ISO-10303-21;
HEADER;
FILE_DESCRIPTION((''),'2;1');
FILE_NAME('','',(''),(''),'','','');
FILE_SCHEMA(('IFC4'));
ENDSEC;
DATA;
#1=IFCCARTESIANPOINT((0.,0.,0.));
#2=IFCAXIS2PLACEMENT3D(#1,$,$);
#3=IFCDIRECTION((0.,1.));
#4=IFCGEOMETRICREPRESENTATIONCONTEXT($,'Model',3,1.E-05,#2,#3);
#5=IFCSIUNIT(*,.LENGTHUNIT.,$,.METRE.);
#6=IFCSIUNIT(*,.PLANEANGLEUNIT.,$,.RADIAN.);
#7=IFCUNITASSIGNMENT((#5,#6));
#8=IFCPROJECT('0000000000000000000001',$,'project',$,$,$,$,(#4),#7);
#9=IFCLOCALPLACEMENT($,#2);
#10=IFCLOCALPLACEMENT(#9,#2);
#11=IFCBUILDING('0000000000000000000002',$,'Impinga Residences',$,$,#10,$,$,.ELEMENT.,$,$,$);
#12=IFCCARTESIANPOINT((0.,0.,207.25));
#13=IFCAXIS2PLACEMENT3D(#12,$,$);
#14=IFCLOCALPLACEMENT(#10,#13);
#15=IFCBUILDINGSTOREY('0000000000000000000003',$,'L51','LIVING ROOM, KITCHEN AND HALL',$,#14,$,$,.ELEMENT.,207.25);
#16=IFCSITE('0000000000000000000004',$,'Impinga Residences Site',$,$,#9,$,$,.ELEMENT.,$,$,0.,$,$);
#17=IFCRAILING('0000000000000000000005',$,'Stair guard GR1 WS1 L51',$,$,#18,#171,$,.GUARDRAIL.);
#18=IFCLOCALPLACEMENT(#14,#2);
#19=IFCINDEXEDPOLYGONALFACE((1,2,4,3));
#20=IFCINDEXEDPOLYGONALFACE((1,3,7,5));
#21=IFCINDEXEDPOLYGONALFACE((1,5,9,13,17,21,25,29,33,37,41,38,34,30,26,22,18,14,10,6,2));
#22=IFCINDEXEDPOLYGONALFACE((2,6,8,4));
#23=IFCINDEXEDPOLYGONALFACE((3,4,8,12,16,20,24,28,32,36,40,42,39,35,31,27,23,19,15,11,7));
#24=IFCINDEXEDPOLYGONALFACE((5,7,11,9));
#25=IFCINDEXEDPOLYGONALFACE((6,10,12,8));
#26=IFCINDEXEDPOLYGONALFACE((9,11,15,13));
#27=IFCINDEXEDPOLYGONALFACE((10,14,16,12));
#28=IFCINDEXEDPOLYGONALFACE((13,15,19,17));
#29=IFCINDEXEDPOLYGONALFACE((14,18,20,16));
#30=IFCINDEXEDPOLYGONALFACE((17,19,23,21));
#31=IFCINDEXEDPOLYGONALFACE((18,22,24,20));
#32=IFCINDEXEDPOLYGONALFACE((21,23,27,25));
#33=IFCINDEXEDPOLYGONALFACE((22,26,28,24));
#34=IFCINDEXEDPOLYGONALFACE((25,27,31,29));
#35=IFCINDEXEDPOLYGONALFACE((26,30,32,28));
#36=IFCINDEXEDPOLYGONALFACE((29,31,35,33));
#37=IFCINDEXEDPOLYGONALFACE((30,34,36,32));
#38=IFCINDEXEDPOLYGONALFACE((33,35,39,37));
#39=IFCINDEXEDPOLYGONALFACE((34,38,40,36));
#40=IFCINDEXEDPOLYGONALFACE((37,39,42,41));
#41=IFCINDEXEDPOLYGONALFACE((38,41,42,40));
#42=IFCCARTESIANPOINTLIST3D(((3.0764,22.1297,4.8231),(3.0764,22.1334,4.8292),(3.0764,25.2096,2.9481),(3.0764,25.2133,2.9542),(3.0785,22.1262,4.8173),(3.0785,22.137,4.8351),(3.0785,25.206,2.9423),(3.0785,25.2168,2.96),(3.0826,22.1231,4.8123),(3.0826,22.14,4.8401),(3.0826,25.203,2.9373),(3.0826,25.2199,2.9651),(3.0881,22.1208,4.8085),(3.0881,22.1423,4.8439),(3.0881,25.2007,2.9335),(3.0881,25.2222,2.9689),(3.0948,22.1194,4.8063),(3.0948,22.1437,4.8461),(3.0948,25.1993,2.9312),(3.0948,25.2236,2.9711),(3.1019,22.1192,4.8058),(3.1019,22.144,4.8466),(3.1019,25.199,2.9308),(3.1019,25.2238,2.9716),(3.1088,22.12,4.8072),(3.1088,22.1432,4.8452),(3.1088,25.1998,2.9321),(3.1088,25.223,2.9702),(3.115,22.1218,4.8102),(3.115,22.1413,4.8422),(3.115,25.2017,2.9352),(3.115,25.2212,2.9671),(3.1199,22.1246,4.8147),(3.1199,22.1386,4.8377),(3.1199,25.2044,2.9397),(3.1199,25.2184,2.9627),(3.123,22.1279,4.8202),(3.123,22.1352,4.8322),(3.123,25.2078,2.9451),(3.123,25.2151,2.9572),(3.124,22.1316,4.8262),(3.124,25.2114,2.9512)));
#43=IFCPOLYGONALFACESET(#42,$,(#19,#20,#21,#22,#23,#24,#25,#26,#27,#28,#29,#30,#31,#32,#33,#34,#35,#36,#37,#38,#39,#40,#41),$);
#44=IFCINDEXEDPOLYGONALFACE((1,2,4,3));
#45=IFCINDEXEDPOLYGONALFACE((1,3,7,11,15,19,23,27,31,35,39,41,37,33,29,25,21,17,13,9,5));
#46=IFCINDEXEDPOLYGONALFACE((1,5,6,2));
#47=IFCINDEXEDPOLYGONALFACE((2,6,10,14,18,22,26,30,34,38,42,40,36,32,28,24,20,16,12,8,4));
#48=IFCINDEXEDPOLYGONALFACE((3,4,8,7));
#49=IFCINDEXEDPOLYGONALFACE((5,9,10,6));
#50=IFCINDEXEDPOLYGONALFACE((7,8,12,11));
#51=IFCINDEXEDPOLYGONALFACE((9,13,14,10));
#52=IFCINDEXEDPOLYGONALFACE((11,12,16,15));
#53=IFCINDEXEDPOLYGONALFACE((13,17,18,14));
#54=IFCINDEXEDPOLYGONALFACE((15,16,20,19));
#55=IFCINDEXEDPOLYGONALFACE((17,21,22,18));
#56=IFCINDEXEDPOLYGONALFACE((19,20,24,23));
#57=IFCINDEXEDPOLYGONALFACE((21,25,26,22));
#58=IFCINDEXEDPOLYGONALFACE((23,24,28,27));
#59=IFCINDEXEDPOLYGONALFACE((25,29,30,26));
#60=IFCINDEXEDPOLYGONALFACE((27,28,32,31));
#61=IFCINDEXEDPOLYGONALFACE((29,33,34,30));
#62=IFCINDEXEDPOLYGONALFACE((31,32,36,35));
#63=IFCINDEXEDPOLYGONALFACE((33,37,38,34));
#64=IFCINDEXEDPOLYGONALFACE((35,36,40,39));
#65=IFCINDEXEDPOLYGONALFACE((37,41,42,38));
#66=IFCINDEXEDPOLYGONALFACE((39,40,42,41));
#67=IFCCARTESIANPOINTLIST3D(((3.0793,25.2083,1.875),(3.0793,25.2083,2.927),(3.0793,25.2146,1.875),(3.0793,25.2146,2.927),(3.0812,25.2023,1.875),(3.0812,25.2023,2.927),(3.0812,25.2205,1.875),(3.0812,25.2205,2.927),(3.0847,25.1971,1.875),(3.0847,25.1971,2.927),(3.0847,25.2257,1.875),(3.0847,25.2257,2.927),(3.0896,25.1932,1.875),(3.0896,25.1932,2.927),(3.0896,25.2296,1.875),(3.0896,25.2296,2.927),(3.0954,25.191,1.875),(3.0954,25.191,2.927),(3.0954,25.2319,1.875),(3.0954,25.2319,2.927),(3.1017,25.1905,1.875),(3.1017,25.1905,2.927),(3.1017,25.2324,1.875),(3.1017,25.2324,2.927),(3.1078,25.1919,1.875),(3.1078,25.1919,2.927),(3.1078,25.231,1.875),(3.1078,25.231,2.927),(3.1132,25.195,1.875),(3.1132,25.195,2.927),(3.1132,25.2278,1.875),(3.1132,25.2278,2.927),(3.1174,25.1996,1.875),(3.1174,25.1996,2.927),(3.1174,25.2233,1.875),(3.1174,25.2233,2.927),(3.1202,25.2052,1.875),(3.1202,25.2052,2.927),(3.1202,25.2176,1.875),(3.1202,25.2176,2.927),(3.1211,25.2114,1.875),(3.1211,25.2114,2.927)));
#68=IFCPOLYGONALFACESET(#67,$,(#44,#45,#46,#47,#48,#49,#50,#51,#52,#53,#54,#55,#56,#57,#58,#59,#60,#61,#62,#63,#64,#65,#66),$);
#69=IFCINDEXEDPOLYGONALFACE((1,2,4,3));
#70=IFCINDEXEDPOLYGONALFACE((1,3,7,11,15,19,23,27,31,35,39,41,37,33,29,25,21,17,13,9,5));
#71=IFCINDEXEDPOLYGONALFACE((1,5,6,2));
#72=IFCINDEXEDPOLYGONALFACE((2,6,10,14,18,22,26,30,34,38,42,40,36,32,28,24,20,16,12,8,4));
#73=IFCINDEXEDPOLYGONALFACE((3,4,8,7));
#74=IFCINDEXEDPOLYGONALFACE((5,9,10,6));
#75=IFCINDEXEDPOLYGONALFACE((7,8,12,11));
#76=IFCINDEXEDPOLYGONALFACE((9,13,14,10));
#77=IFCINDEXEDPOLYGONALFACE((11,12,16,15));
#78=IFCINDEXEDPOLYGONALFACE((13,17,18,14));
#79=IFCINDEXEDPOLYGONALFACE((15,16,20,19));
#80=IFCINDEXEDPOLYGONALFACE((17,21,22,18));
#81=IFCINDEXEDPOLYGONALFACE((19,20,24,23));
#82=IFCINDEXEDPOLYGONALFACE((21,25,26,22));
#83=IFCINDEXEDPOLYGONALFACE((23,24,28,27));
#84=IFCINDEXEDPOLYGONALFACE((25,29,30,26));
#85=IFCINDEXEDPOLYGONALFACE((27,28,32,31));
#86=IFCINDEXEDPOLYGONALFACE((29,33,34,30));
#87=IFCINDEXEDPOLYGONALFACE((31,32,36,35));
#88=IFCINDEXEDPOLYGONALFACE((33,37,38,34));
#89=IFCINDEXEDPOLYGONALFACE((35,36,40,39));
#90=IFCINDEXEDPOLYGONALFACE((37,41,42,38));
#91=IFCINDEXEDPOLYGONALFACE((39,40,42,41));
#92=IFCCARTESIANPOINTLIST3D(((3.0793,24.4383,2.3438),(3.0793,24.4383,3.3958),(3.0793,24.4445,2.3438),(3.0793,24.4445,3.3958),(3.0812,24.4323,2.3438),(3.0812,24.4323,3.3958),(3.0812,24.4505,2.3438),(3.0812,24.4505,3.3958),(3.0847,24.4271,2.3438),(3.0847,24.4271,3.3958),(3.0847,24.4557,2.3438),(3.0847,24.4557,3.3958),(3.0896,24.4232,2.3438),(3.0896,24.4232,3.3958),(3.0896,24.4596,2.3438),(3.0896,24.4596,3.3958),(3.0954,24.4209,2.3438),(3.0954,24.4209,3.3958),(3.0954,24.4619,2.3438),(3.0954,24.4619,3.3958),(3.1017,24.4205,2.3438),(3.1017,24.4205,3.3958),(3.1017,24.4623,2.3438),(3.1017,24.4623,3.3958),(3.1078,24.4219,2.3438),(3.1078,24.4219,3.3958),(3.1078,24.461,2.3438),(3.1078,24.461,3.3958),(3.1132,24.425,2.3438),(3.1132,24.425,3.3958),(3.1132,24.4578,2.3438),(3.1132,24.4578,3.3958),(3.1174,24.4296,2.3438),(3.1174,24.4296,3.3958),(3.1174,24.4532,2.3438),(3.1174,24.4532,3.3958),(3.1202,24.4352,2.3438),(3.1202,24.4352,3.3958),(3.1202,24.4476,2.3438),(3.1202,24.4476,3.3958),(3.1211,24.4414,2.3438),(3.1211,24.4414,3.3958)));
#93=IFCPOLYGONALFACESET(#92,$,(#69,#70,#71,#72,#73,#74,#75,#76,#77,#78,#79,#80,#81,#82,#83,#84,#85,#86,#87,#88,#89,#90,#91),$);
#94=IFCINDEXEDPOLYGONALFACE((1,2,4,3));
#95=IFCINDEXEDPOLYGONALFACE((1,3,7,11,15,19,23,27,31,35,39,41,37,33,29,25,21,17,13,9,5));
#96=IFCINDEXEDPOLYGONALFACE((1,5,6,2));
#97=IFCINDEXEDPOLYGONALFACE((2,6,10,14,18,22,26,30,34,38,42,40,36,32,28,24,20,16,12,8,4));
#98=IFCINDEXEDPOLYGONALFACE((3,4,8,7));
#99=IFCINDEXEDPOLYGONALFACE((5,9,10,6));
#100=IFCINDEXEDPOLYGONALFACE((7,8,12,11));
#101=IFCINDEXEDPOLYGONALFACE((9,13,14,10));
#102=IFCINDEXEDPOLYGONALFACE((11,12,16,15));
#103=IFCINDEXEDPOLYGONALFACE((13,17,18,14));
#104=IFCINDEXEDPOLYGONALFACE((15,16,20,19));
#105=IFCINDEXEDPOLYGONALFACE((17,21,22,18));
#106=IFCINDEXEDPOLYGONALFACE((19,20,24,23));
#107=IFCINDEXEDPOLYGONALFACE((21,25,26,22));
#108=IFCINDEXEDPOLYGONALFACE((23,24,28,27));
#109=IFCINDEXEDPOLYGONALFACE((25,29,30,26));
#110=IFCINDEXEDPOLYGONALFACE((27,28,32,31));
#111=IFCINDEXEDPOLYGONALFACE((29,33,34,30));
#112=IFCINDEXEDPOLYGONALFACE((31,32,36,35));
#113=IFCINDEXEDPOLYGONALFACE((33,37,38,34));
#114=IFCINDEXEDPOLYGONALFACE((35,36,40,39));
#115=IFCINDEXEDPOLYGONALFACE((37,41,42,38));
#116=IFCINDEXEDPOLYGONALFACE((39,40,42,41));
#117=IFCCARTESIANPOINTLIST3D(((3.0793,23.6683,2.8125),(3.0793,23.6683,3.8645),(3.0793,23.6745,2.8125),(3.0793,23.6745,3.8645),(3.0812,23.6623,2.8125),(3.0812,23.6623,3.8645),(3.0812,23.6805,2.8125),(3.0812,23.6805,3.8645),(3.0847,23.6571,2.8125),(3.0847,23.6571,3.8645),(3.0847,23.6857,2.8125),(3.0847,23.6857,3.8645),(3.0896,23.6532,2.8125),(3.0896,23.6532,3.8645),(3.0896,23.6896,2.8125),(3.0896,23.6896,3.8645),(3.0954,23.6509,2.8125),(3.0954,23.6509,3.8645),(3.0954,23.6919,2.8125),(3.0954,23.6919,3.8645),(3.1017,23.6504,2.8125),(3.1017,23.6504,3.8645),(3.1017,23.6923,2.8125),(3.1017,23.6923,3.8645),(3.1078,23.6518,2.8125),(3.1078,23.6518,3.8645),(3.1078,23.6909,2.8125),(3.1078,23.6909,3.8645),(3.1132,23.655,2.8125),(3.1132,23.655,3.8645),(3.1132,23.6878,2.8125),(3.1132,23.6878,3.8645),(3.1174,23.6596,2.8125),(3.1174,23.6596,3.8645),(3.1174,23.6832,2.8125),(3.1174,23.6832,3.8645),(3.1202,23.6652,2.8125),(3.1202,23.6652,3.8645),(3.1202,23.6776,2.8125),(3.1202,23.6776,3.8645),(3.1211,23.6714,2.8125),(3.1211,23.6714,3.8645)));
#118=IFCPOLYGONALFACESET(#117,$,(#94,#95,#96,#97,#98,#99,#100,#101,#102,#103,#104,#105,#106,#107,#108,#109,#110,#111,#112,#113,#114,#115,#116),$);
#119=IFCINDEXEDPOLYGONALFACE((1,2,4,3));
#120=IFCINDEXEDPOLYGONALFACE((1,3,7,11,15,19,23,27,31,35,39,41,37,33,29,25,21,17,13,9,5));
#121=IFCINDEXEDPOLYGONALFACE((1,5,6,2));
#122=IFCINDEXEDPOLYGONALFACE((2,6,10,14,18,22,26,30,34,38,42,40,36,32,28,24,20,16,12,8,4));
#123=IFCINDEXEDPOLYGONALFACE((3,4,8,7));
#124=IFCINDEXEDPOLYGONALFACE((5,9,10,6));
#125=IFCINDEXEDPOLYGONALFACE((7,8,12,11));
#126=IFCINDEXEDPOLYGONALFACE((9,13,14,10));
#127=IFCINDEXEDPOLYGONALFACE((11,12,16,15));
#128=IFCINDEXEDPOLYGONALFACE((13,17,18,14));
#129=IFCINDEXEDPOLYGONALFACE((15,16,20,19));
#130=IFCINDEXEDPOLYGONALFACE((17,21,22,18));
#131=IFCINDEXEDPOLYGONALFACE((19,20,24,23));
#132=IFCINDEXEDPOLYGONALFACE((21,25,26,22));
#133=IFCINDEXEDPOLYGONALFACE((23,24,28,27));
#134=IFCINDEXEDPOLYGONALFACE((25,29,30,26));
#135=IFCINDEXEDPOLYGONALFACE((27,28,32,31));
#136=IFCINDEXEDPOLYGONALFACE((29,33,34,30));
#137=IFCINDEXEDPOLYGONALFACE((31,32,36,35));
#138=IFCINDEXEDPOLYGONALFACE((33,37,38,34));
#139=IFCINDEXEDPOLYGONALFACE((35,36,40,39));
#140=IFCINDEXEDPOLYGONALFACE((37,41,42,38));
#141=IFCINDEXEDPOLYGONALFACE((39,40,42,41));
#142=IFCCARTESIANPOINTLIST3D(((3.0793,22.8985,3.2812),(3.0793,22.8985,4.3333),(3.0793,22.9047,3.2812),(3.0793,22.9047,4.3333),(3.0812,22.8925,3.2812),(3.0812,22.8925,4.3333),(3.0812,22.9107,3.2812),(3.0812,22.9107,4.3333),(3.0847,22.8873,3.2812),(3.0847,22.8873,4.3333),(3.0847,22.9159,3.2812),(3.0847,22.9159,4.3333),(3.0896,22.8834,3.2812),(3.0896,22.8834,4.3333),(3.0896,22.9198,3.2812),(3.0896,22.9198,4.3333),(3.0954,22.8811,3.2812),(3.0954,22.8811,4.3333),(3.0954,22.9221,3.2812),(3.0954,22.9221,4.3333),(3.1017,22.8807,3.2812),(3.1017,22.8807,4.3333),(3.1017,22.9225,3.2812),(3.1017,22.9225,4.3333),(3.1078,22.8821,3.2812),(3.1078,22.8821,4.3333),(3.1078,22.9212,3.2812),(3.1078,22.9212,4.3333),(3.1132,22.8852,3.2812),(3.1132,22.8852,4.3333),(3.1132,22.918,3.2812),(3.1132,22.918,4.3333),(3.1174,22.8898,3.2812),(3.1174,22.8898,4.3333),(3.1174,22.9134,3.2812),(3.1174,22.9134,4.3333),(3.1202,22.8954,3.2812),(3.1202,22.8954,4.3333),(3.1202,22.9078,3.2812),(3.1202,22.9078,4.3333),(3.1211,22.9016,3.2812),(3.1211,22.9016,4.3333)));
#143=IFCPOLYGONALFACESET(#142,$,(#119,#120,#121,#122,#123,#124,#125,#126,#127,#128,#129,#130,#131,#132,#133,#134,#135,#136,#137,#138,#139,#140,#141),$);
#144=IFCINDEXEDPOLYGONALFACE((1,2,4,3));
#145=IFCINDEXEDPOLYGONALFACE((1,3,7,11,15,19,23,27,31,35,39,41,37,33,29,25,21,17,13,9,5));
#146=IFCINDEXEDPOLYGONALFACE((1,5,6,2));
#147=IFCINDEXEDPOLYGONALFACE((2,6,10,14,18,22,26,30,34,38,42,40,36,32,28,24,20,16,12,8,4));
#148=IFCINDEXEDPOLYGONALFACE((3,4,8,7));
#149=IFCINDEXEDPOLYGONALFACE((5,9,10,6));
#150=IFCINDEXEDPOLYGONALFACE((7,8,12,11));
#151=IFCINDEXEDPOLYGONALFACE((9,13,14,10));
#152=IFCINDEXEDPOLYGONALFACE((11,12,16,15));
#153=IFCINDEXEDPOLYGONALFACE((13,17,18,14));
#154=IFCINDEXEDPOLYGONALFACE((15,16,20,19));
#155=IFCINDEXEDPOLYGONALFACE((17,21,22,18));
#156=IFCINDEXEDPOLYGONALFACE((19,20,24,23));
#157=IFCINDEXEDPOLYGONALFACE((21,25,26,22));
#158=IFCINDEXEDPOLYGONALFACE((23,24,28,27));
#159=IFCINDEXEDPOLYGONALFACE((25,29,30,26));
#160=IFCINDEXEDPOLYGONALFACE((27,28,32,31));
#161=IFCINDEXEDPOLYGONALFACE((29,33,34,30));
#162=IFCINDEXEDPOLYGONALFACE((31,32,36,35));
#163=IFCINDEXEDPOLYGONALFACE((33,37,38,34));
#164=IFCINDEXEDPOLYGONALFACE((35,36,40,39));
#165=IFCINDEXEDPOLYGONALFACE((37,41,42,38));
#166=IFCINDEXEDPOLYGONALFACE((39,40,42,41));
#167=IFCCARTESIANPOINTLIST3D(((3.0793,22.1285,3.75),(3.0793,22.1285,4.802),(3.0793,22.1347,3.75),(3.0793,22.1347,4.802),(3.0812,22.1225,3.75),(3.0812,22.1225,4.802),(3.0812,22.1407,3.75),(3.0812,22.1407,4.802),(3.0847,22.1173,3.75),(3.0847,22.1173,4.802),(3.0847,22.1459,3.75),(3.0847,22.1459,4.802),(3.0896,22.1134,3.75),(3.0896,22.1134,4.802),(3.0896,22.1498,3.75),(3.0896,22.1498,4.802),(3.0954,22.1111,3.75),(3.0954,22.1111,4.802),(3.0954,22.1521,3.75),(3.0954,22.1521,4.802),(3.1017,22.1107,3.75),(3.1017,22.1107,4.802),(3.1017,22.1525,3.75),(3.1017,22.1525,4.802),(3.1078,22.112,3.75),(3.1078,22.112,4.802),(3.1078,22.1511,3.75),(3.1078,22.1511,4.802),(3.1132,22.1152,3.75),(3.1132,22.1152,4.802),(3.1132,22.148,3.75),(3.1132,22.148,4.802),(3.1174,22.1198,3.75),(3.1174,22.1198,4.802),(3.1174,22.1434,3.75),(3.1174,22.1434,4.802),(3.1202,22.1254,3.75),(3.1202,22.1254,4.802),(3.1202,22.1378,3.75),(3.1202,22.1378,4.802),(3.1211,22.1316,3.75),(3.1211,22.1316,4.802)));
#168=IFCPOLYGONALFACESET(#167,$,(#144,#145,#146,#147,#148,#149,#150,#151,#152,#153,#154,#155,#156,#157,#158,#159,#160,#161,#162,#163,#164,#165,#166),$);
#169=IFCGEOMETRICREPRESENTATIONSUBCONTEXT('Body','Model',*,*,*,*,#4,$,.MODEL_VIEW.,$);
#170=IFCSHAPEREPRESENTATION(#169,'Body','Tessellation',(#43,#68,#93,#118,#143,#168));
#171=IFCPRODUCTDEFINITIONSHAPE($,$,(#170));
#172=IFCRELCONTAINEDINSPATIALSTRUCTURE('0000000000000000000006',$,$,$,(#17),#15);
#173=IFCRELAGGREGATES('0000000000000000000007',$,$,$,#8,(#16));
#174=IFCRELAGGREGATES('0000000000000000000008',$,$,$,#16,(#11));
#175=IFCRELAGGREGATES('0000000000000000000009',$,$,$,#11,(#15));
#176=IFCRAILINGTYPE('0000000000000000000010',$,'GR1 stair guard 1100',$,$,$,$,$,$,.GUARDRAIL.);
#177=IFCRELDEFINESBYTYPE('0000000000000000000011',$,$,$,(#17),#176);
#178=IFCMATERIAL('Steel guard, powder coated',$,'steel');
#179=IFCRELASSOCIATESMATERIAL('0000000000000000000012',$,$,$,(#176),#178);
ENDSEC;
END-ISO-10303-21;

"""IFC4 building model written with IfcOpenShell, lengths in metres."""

from ifc_helpers import new_model, si_unit, direction, frame, origin, origin_2d, place, context, subcontext, project, spatial, circle, extrude, material, type_object, element, save


model = new_model("IFC4")

# Units and contexts
model_context = context("Model", 3, precision=1e-05, world=origin(), true_north=direction((0.0, 1.0)))
body_context = subcontext(model_context, "Body", "Model", "MODEL_VIEW")
ifc_project = project(units=[si_unit("LENGTHUNIT", "METRE"), si_unit("PLANEANGLEUNIT", "RADIAN")], contexts=[model_context])

# Site, building, storey
site_placement = place(None, origin())
site = spatial("IfcSite", under=ifc_project, at=site_placement, Name="Impinga Residences Site", CompositionType="ELEMENT", RefElevation=0.0)
building_placement = place(site_placement, origin())
building = spatial("IfcBuilding", under=site, at=building_placement, Name="Impinga Residences", CompositionType="ELEMENT")
storey_placement = place(building_placement, frame((0.0, 0.0, 207.25)))
storey = spatial("IfcBuildingStorey", under=building, at=storey_placement, Name="L51", Description="LIVING ROOM, KITCHEN AND HALL", CompositionType="ELEMENT", Elevation=207.25)

# Railing
ifc_material_1 = material(Name="Steel guard, powder coated", Category="steel")
railing_type_1 = type_object("IfcRailingType", Name="GR1 stair guard 1100", PredefinedType="GUARDRAIL", material=ifc_material_1)
railing_1_placement = place(storey_placement, frame((3.1001, 25.2114, 1.875)))
element("IfcRailing", 1, at=railing_1_placement, inside=storey, type_object=railing_type_1, Name="Stair guard GR1 WS1 L51", PredefinedType="GUARDRAIL", context=body_context, shape_type="SweptSolid", body=[
    extrude(circle(Radius=0.0239, at=origin_2d()), frame((0.0, 0.0, 1.0762), z_axis=(0.0, -0.854159, 0.520011), x_axis=(1.0, 0.0, 0.0)), (0.0, 0.0, 1.0), 3.6057),
    extrude(circle(Radius=0.021, at=origin_2d()), origin(), (0.0, 0.0, 1.0), 1.052),
    extrude(circle(Radius=0.021, at=origin_2d()), frame((0.0, -0.77, 0.4688)), (0.0, 0.0, 1.0), 1.052),
    extrude(circle(Radius=0.021, at=origin_2d()), frame((0.0, -1.54, 0.9375)), (0.0, 0.0, 1.0), 1.052),
    extrude(circle(Radius=0.021, at=origin_2d()), frame((0.0, -2.3098, 1.4062)), (0.0, 0.0, 1.0), 1.052),
    extrude(circle(Radius=0.021, at=origin_2d()), frame((0.0, -3.0798, 1.875)), (0.0, 0.0, 1.0), 1.052),
])

save(model, "model.ifc")
